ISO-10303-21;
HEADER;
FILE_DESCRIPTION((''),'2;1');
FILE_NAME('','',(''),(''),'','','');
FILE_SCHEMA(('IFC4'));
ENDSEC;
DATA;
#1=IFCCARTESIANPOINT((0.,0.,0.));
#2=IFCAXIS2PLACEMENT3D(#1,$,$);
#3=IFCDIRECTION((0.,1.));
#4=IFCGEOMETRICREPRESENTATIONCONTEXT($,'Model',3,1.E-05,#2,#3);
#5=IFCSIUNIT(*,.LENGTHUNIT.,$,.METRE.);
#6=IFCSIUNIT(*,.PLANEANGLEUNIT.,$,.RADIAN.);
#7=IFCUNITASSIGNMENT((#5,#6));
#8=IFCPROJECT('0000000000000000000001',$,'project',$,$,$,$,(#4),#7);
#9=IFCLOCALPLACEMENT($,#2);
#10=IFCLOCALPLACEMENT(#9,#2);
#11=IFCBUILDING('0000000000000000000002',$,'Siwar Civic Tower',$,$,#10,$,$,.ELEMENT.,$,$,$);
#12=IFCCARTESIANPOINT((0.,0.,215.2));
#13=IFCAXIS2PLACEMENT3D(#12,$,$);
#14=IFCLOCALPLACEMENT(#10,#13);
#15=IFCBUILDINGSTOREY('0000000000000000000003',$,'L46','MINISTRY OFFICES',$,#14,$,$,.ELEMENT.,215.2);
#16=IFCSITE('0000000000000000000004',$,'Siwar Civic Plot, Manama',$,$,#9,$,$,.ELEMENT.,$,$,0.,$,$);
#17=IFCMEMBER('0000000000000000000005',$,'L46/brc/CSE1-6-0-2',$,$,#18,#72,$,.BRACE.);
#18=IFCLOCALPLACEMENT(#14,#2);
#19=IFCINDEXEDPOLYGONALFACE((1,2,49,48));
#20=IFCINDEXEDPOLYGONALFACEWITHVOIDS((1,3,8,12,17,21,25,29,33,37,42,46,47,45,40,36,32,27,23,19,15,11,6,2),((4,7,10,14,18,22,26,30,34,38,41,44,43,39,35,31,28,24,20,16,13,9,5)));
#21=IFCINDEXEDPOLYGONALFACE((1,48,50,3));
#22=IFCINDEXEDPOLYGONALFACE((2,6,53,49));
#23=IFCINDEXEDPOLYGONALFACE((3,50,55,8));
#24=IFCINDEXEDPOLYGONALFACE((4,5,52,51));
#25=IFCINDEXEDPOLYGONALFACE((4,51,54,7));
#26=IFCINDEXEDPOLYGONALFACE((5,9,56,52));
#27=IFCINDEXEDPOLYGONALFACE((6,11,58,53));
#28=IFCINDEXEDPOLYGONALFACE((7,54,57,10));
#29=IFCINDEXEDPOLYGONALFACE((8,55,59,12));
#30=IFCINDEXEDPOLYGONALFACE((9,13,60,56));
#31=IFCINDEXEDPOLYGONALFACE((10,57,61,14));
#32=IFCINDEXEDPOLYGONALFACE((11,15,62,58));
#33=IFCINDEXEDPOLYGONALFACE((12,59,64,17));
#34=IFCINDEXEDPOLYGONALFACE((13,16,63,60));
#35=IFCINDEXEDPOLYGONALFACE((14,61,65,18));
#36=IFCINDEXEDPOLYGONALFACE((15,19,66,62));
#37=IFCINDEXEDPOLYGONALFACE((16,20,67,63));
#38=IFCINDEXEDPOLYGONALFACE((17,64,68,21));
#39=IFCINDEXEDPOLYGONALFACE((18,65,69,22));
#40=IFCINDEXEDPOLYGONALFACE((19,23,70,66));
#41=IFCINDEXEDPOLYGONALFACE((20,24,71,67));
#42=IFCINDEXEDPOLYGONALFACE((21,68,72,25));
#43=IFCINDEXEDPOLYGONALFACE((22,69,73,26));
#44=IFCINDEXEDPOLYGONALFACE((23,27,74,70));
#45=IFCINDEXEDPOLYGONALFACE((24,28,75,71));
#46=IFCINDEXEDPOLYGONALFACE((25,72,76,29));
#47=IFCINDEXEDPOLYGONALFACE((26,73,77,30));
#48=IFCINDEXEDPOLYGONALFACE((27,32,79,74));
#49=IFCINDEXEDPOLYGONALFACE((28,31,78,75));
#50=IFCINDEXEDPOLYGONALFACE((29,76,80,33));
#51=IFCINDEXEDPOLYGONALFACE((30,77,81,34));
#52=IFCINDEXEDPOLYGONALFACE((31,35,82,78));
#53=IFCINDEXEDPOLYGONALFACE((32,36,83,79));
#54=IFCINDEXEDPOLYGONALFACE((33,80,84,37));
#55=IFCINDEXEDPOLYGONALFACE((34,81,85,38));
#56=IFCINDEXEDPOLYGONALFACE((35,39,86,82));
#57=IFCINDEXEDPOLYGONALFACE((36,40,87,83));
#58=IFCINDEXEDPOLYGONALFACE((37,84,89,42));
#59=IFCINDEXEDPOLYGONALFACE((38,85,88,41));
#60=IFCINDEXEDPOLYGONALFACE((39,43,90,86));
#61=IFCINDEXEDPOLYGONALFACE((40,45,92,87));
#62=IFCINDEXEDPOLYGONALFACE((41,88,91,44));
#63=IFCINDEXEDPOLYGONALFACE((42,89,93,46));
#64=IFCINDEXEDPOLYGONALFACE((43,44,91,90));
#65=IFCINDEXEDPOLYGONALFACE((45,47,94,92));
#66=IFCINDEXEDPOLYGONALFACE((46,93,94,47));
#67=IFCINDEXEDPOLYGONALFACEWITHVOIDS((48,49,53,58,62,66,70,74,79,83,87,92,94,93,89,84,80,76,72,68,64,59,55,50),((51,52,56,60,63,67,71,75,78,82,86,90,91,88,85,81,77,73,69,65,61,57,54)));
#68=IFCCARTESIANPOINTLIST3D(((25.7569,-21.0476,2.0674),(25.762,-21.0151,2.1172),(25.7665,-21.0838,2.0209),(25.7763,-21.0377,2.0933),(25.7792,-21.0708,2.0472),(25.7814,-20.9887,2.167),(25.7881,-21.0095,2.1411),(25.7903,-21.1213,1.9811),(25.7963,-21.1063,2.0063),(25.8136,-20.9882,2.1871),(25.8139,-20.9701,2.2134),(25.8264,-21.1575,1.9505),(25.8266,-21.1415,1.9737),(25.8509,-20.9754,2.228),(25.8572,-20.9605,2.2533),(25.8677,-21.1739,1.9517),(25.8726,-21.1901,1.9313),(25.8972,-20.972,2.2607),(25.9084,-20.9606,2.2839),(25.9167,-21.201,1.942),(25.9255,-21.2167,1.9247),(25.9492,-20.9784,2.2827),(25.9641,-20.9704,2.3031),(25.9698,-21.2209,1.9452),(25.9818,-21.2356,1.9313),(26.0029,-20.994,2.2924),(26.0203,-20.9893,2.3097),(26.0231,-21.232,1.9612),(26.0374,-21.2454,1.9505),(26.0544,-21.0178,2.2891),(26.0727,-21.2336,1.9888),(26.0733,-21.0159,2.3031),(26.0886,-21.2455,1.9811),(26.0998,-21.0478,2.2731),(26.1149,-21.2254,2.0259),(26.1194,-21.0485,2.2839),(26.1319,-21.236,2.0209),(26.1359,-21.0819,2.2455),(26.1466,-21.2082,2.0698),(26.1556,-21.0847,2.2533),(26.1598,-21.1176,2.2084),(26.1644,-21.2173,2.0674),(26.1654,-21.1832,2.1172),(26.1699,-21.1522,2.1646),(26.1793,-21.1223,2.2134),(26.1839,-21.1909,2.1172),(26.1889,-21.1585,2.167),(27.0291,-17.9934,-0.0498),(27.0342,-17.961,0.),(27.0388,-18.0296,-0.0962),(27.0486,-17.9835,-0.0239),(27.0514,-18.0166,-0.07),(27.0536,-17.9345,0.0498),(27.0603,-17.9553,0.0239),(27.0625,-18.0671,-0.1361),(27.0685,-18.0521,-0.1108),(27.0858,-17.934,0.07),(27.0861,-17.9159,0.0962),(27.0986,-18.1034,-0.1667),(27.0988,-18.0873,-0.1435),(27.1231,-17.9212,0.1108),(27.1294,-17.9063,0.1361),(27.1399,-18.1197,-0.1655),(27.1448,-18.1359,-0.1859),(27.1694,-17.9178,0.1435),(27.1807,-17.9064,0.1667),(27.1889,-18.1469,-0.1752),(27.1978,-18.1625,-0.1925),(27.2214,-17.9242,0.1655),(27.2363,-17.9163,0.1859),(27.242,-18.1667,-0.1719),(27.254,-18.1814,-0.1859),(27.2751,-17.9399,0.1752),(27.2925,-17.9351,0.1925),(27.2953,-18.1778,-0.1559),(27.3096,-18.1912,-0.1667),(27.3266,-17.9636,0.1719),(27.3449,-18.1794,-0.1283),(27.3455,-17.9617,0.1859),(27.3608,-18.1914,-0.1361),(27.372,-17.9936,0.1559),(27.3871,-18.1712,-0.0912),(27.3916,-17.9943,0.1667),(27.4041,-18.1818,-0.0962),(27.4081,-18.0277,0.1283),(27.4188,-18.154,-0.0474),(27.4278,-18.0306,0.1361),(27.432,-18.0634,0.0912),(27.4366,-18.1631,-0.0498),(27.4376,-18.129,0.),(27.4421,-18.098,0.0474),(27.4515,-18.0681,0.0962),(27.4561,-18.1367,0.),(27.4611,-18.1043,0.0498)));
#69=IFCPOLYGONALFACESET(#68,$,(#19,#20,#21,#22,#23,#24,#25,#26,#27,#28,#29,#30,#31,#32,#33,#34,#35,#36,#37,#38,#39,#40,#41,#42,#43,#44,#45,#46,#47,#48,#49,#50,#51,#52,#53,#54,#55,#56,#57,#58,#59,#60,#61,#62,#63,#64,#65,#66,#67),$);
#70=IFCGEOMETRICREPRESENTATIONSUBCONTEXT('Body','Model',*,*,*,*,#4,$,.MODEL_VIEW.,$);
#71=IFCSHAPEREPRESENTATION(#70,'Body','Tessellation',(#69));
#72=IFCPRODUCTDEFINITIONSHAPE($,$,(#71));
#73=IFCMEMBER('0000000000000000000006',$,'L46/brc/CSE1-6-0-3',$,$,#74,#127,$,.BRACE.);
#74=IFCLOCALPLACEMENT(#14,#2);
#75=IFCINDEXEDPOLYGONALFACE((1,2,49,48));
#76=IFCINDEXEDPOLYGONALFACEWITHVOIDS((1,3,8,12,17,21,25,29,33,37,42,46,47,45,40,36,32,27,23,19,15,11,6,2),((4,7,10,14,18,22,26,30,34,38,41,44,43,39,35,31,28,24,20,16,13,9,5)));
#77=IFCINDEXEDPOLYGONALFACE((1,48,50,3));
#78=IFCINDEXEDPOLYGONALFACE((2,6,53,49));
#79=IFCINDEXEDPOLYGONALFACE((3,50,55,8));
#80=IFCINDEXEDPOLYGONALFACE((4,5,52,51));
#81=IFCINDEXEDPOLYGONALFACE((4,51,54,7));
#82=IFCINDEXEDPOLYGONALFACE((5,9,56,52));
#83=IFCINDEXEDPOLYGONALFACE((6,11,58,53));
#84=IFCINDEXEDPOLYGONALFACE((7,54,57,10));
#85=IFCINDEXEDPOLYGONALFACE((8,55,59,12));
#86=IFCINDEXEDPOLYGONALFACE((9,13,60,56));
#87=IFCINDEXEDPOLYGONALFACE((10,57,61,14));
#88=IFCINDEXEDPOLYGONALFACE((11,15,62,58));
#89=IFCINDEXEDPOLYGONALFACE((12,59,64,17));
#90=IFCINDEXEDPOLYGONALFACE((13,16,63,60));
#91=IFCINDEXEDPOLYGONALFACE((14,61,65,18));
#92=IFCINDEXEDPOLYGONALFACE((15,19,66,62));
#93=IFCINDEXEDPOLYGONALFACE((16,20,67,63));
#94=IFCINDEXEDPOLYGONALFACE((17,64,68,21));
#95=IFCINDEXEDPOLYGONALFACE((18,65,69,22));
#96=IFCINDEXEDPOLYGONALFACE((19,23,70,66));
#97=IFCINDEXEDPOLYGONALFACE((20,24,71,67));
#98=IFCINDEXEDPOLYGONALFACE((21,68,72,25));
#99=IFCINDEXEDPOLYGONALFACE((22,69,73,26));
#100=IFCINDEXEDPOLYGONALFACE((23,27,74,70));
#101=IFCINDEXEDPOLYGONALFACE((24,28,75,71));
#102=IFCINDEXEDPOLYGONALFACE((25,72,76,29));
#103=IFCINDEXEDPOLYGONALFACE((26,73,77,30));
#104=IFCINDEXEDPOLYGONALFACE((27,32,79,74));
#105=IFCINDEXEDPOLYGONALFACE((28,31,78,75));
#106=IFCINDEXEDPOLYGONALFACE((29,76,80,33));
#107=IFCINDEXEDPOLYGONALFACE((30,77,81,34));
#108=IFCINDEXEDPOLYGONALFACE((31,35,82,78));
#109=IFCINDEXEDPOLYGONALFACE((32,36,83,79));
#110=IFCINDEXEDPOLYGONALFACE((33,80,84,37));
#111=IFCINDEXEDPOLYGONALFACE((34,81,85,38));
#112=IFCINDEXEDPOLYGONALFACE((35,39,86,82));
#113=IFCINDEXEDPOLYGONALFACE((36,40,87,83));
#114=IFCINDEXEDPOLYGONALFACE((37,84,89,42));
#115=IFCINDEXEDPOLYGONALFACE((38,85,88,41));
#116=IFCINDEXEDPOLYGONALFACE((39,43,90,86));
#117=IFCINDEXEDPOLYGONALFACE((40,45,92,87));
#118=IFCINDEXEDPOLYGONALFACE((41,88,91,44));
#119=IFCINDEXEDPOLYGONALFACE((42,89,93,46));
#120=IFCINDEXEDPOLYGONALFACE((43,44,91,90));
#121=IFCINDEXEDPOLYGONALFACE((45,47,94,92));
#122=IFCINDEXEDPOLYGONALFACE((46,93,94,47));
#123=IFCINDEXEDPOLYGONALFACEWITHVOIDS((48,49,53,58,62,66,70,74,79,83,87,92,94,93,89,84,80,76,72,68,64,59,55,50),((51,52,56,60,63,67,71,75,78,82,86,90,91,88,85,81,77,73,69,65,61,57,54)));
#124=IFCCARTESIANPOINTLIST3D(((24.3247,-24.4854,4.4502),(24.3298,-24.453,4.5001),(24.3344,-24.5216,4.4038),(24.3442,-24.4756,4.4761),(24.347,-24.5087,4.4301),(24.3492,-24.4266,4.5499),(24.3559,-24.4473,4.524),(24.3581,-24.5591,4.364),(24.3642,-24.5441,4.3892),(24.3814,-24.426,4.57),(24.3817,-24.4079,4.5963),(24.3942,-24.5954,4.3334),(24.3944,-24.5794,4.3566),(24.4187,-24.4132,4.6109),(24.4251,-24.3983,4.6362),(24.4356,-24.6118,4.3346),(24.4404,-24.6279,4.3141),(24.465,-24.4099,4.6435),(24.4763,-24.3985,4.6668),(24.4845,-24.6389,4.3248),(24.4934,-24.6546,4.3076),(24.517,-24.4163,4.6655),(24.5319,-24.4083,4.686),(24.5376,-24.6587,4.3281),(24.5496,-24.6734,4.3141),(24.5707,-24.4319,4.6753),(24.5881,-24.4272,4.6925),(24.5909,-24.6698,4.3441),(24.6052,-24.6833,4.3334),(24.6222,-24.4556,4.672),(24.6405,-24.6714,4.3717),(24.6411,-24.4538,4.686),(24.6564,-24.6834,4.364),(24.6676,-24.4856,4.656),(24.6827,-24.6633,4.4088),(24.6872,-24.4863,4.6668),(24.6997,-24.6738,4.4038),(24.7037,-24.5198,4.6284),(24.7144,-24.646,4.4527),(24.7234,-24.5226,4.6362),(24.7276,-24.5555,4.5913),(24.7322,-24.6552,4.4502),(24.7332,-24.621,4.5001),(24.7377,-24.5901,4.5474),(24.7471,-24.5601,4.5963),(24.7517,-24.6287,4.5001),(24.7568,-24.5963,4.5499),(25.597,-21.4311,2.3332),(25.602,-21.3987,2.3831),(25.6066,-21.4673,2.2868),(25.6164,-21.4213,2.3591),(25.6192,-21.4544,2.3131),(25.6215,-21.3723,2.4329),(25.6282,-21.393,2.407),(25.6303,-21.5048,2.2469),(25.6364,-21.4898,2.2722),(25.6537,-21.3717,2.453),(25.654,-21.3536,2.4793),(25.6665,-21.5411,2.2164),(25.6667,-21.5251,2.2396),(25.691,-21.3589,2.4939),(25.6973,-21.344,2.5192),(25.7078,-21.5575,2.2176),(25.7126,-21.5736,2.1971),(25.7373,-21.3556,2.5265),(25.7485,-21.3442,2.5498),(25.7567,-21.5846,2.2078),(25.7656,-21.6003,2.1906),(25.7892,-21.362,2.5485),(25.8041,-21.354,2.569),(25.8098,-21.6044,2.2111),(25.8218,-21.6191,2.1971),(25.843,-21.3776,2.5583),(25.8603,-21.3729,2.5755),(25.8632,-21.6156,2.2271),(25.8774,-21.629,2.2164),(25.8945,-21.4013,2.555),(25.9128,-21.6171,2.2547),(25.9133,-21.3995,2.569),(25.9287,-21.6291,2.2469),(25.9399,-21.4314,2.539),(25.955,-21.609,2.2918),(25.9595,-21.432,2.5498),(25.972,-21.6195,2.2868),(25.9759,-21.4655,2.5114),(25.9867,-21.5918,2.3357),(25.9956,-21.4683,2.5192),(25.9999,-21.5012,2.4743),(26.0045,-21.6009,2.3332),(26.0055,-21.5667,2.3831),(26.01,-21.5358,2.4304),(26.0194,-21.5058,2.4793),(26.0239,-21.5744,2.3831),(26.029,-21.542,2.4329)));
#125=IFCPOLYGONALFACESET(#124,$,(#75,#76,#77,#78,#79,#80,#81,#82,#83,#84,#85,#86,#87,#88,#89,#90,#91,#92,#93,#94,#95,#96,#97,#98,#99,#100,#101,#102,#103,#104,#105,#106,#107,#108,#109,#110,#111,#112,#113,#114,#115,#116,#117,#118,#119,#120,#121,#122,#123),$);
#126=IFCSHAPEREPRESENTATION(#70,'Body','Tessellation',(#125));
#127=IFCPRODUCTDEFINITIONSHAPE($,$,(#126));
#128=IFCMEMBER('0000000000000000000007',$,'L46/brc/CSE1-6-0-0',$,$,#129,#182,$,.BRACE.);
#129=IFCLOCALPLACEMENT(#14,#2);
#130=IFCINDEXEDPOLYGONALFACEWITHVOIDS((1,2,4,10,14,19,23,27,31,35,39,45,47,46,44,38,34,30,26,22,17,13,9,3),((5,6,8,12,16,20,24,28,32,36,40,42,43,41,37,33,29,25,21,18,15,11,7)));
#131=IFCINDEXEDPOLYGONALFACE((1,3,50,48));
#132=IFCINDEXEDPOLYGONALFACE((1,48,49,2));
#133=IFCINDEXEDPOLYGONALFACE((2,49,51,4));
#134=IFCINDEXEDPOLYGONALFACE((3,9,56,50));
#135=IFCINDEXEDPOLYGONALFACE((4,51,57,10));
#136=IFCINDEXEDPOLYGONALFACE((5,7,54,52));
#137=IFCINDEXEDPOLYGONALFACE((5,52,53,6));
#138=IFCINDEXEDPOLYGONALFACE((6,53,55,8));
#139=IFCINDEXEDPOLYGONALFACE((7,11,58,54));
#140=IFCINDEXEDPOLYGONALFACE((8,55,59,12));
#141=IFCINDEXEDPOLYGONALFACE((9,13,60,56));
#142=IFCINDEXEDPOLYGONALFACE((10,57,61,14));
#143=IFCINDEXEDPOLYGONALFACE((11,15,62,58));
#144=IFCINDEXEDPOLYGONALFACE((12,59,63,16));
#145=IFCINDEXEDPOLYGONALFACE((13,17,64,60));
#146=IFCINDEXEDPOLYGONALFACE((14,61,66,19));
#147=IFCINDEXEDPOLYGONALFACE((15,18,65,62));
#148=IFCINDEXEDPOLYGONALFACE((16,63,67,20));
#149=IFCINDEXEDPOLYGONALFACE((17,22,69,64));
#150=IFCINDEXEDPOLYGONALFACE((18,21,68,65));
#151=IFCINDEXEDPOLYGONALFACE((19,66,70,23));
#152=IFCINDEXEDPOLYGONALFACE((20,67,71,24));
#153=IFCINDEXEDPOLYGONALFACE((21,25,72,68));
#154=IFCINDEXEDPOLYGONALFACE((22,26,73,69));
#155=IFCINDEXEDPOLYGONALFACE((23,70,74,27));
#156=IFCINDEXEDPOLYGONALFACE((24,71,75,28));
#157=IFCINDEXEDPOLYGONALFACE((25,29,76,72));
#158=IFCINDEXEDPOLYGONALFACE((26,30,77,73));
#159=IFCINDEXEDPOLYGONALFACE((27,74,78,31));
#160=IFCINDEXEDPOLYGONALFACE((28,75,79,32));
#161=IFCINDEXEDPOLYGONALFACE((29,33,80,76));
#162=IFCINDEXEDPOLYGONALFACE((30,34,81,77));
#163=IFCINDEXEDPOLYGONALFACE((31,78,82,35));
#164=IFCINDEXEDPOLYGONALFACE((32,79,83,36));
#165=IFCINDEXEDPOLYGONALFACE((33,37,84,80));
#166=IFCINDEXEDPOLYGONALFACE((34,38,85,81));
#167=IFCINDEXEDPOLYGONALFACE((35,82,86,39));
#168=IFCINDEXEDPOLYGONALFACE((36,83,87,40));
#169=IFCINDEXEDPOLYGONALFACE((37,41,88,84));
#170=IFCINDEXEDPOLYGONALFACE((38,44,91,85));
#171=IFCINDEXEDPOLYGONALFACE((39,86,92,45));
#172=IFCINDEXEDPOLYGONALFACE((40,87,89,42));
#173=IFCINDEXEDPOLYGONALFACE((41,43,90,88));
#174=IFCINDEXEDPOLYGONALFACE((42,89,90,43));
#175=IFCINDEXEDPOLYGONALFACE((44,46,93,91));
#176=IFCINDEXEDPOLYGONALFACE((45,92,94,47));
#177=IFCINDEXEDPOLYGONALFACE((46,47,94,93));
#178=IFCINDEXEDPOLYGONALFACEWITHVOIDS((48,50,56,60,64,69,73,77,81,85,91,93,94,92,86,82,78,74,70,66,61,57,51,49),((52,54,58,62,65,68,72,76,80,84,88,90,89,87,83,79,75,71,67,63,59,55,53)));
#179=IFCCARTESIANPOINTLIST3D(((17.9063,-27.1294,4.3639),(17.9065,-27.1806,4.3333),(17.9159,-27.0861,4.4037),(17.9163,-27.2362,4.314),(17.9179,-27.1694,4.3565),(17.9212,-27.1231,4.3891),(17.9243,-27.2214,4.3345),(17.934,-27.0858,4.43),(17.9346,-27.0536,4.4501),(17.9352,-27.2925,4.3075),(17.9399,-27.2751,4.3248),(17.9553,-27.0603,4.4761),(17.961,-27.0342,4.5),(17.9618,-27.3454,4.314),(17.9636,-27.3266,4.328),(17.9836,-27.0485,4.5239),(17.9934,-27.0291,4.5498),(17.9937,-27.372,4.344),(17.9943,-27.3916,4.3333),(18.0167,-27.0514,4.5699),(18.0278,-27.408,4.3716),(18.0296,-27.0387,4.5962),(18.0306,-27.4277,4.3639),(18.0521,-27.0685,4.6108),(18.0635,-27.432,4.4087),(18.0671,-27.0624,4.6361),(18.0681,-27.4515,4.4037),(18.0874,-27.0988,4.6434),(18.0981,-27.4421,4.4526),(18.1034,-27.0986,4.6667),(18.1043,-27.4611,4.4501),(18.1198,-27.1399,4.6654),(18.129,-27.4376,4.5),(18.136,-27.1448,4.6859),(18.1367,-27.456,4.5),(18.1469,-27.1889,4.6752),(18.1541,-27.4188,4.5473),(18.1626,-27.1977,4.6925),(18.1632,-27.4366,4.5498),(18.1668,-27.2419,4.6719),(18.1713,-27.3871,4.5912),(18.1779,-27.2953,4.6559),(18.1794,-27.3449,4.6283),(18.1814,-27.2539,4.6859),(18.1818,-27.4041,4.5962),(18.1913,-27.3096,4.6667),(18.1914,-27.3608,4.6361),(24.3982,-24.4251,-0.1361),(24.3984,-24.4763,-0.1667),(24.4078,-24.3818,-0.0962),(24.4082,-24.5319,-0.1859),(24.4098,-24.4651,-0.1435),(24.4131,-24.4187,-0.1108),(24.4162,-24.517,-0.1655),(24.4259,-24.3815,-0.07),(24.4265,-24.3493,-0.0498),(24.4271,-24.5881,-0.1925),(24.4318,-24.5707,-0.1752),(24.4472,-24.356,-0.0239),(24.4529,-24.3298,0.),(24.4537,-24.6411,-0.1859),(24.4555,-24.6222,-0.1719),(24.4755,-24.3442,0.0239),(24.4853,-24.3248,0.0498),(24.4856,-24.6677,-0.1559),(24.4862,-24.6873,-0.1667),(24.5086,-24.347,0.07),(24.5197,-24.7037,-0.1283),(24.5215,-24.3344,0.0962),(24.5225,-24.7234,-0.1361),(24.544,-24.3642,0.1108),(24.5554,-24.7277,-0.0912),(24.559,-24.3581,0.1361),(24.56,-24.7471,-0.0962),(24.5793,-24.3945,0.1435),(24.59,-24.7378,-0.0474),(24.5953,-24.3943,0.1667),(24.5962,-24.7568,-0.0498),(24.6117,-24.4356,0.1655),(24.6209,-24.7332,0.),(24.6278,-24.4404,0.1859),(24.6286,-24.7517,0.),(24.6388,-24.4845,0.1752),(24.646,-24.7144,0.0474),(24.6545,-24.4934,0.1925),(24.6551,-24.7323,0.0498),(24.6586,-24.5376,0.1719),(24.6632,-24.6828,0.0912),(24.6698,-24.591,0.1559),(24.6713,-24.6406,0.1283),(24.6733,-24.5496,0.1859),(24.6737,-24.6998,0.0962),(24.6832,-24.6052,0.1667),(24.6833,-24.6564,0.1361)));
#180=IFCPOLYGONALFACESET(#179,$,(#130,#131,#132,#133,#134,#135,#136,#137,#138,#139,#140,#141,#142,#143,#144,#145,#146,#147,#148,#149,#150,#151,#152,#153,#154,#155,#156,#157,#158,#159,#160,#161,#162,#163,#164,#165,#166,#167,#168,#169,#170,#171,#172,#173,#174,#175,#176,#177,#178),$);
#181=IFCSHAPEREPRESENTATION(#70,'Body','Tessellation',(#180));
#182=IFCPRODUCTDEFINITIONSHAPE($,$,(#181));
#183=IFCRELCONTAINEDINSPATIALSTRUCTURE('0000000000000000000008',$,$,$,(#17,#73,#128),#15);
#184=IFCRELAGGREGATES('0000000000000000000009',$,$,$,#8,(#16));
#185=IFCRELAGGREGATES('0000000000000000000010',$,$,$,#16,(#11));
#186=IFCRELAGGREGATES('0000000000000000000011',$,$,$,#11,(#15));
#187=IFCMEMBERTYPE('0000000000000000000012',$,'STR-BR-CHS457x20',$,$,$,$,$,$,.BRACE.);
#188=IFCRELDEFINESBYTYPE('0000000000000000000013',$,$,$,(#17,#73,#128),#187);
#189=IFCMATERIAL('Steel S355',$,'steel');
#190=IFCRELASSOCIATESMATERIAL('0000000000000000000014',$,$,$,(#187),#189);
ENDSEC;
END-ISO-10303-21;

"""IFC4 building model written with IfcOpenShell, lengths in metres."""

from ifc_helpers import new_model, si_unit, direction, frame, origin, origin_2d, place, context, subcontext, project, spatial, hollow_circle, extrude, material, material_profile, profile_set, type_object, element, save


model = new_model("IFC4")

# Units and contexts
model_context = context("Model", 3, precision=1e-05, world=origin(), true_north=direction((0.0, 1.0)))
body_context = subcontext(model_context, "Body", "Model", "MODEL_VIEW")
ifc_project = project(units=[si_unit("LENGTHUNIT", "METRE"), si_unit("PLANEANGLEUNIT", "RADIAN")], contexts=[model_context])

# Site, building, storey
site_placement = place(None, origin())
site = spatial("IfcSite", under=ifc_project, at=site_placement, Name="Siwar Civic Plot, Manama", CompositionType="ELEMENT", RefElevation=0.0)
building_placement = place(site_placement, origin())
building = spatial("IfcBuilding", under=site, at=building_placement, Name="Siwar Civic Tower", CompositionType="ELEMENT")
storey_placement = place(building_placement, frame((0.0, 0.0, 215.2)))
storey = spatial("IfcBuildingStorey", under=building, at=storey_placement, Name="L46", Description="MINISTRY OFFICES", CompositionType="ELEMENT", Elevation=215.2)

# Members
ifc_material_1 = material(Name="Steel S355", Category="steel")
ifc_material_profile_1 = material_profile(ifc_material_1, hollow_circle(Radius=0.2285, WallThickness=0.02, at=origin_2d()), Name="CHS457x20")
ifc_profile_set_1 = profile_set([ifc_material_profile_1], Name="Steel S355")
member_type_1 = type_object("IfcMemberType", Name="STR-BR-CHS457x20", PredefinedType="BRACE", material=ifc_profile_set_1)
for number, where, z_axis, x_axis, name in (
    (1, (27.2451, -18.0488, 0.0), (-0.323884, -0.777546, 0.538999), (0.923116, -0.384521, 0.0), "L46/brc/CSE1-6-0-2"),
    (2, (25.813, -21.4866, 2.3831), (-0.323895, -0.777572, 0.538955), (0.923116, -0.384521, 0.0), "L46/brc/CSE1-6-0-3"),
):
    element("IfcMember", number, at=place(storey_placement, frame(where, z_axis=z_axis, x_axis=x_axis)), inside=storey, type_object=member_type_1, Name=name, PredefinedType="BRACE", context=body_context, shape_type="SweptSolid", body=[
        extrude(hollow_circle(Radius=0.2285, WallThickness=0.02, at=origin_2d()), origin(), (0.0, 0.0, 1.0), 3.928),
    ])
member_1_placement = place(storey_placement, frame((24.5408, -24.5408, 0.0), z_axis=(-0.777555, -0.323906, 0.538975), x_axis=(0.384539, -0.923109, 0.0)))
element("IfcMember", 3, at=member_1_placement, inside=storey, type_object=member_type_1, Name="L46/brc/CSE1-6-0-0", PredefinedType="BRACE", context=body_context, shape_type="SweptSolid", body=[
    extrude(hollow_circle(Radius=0.2285, WallThickness=0.02, at=origin_2d()), origin(), (0.0, 0.0, 1.0), 8.3491),
])

save(model, "model.ifc")
